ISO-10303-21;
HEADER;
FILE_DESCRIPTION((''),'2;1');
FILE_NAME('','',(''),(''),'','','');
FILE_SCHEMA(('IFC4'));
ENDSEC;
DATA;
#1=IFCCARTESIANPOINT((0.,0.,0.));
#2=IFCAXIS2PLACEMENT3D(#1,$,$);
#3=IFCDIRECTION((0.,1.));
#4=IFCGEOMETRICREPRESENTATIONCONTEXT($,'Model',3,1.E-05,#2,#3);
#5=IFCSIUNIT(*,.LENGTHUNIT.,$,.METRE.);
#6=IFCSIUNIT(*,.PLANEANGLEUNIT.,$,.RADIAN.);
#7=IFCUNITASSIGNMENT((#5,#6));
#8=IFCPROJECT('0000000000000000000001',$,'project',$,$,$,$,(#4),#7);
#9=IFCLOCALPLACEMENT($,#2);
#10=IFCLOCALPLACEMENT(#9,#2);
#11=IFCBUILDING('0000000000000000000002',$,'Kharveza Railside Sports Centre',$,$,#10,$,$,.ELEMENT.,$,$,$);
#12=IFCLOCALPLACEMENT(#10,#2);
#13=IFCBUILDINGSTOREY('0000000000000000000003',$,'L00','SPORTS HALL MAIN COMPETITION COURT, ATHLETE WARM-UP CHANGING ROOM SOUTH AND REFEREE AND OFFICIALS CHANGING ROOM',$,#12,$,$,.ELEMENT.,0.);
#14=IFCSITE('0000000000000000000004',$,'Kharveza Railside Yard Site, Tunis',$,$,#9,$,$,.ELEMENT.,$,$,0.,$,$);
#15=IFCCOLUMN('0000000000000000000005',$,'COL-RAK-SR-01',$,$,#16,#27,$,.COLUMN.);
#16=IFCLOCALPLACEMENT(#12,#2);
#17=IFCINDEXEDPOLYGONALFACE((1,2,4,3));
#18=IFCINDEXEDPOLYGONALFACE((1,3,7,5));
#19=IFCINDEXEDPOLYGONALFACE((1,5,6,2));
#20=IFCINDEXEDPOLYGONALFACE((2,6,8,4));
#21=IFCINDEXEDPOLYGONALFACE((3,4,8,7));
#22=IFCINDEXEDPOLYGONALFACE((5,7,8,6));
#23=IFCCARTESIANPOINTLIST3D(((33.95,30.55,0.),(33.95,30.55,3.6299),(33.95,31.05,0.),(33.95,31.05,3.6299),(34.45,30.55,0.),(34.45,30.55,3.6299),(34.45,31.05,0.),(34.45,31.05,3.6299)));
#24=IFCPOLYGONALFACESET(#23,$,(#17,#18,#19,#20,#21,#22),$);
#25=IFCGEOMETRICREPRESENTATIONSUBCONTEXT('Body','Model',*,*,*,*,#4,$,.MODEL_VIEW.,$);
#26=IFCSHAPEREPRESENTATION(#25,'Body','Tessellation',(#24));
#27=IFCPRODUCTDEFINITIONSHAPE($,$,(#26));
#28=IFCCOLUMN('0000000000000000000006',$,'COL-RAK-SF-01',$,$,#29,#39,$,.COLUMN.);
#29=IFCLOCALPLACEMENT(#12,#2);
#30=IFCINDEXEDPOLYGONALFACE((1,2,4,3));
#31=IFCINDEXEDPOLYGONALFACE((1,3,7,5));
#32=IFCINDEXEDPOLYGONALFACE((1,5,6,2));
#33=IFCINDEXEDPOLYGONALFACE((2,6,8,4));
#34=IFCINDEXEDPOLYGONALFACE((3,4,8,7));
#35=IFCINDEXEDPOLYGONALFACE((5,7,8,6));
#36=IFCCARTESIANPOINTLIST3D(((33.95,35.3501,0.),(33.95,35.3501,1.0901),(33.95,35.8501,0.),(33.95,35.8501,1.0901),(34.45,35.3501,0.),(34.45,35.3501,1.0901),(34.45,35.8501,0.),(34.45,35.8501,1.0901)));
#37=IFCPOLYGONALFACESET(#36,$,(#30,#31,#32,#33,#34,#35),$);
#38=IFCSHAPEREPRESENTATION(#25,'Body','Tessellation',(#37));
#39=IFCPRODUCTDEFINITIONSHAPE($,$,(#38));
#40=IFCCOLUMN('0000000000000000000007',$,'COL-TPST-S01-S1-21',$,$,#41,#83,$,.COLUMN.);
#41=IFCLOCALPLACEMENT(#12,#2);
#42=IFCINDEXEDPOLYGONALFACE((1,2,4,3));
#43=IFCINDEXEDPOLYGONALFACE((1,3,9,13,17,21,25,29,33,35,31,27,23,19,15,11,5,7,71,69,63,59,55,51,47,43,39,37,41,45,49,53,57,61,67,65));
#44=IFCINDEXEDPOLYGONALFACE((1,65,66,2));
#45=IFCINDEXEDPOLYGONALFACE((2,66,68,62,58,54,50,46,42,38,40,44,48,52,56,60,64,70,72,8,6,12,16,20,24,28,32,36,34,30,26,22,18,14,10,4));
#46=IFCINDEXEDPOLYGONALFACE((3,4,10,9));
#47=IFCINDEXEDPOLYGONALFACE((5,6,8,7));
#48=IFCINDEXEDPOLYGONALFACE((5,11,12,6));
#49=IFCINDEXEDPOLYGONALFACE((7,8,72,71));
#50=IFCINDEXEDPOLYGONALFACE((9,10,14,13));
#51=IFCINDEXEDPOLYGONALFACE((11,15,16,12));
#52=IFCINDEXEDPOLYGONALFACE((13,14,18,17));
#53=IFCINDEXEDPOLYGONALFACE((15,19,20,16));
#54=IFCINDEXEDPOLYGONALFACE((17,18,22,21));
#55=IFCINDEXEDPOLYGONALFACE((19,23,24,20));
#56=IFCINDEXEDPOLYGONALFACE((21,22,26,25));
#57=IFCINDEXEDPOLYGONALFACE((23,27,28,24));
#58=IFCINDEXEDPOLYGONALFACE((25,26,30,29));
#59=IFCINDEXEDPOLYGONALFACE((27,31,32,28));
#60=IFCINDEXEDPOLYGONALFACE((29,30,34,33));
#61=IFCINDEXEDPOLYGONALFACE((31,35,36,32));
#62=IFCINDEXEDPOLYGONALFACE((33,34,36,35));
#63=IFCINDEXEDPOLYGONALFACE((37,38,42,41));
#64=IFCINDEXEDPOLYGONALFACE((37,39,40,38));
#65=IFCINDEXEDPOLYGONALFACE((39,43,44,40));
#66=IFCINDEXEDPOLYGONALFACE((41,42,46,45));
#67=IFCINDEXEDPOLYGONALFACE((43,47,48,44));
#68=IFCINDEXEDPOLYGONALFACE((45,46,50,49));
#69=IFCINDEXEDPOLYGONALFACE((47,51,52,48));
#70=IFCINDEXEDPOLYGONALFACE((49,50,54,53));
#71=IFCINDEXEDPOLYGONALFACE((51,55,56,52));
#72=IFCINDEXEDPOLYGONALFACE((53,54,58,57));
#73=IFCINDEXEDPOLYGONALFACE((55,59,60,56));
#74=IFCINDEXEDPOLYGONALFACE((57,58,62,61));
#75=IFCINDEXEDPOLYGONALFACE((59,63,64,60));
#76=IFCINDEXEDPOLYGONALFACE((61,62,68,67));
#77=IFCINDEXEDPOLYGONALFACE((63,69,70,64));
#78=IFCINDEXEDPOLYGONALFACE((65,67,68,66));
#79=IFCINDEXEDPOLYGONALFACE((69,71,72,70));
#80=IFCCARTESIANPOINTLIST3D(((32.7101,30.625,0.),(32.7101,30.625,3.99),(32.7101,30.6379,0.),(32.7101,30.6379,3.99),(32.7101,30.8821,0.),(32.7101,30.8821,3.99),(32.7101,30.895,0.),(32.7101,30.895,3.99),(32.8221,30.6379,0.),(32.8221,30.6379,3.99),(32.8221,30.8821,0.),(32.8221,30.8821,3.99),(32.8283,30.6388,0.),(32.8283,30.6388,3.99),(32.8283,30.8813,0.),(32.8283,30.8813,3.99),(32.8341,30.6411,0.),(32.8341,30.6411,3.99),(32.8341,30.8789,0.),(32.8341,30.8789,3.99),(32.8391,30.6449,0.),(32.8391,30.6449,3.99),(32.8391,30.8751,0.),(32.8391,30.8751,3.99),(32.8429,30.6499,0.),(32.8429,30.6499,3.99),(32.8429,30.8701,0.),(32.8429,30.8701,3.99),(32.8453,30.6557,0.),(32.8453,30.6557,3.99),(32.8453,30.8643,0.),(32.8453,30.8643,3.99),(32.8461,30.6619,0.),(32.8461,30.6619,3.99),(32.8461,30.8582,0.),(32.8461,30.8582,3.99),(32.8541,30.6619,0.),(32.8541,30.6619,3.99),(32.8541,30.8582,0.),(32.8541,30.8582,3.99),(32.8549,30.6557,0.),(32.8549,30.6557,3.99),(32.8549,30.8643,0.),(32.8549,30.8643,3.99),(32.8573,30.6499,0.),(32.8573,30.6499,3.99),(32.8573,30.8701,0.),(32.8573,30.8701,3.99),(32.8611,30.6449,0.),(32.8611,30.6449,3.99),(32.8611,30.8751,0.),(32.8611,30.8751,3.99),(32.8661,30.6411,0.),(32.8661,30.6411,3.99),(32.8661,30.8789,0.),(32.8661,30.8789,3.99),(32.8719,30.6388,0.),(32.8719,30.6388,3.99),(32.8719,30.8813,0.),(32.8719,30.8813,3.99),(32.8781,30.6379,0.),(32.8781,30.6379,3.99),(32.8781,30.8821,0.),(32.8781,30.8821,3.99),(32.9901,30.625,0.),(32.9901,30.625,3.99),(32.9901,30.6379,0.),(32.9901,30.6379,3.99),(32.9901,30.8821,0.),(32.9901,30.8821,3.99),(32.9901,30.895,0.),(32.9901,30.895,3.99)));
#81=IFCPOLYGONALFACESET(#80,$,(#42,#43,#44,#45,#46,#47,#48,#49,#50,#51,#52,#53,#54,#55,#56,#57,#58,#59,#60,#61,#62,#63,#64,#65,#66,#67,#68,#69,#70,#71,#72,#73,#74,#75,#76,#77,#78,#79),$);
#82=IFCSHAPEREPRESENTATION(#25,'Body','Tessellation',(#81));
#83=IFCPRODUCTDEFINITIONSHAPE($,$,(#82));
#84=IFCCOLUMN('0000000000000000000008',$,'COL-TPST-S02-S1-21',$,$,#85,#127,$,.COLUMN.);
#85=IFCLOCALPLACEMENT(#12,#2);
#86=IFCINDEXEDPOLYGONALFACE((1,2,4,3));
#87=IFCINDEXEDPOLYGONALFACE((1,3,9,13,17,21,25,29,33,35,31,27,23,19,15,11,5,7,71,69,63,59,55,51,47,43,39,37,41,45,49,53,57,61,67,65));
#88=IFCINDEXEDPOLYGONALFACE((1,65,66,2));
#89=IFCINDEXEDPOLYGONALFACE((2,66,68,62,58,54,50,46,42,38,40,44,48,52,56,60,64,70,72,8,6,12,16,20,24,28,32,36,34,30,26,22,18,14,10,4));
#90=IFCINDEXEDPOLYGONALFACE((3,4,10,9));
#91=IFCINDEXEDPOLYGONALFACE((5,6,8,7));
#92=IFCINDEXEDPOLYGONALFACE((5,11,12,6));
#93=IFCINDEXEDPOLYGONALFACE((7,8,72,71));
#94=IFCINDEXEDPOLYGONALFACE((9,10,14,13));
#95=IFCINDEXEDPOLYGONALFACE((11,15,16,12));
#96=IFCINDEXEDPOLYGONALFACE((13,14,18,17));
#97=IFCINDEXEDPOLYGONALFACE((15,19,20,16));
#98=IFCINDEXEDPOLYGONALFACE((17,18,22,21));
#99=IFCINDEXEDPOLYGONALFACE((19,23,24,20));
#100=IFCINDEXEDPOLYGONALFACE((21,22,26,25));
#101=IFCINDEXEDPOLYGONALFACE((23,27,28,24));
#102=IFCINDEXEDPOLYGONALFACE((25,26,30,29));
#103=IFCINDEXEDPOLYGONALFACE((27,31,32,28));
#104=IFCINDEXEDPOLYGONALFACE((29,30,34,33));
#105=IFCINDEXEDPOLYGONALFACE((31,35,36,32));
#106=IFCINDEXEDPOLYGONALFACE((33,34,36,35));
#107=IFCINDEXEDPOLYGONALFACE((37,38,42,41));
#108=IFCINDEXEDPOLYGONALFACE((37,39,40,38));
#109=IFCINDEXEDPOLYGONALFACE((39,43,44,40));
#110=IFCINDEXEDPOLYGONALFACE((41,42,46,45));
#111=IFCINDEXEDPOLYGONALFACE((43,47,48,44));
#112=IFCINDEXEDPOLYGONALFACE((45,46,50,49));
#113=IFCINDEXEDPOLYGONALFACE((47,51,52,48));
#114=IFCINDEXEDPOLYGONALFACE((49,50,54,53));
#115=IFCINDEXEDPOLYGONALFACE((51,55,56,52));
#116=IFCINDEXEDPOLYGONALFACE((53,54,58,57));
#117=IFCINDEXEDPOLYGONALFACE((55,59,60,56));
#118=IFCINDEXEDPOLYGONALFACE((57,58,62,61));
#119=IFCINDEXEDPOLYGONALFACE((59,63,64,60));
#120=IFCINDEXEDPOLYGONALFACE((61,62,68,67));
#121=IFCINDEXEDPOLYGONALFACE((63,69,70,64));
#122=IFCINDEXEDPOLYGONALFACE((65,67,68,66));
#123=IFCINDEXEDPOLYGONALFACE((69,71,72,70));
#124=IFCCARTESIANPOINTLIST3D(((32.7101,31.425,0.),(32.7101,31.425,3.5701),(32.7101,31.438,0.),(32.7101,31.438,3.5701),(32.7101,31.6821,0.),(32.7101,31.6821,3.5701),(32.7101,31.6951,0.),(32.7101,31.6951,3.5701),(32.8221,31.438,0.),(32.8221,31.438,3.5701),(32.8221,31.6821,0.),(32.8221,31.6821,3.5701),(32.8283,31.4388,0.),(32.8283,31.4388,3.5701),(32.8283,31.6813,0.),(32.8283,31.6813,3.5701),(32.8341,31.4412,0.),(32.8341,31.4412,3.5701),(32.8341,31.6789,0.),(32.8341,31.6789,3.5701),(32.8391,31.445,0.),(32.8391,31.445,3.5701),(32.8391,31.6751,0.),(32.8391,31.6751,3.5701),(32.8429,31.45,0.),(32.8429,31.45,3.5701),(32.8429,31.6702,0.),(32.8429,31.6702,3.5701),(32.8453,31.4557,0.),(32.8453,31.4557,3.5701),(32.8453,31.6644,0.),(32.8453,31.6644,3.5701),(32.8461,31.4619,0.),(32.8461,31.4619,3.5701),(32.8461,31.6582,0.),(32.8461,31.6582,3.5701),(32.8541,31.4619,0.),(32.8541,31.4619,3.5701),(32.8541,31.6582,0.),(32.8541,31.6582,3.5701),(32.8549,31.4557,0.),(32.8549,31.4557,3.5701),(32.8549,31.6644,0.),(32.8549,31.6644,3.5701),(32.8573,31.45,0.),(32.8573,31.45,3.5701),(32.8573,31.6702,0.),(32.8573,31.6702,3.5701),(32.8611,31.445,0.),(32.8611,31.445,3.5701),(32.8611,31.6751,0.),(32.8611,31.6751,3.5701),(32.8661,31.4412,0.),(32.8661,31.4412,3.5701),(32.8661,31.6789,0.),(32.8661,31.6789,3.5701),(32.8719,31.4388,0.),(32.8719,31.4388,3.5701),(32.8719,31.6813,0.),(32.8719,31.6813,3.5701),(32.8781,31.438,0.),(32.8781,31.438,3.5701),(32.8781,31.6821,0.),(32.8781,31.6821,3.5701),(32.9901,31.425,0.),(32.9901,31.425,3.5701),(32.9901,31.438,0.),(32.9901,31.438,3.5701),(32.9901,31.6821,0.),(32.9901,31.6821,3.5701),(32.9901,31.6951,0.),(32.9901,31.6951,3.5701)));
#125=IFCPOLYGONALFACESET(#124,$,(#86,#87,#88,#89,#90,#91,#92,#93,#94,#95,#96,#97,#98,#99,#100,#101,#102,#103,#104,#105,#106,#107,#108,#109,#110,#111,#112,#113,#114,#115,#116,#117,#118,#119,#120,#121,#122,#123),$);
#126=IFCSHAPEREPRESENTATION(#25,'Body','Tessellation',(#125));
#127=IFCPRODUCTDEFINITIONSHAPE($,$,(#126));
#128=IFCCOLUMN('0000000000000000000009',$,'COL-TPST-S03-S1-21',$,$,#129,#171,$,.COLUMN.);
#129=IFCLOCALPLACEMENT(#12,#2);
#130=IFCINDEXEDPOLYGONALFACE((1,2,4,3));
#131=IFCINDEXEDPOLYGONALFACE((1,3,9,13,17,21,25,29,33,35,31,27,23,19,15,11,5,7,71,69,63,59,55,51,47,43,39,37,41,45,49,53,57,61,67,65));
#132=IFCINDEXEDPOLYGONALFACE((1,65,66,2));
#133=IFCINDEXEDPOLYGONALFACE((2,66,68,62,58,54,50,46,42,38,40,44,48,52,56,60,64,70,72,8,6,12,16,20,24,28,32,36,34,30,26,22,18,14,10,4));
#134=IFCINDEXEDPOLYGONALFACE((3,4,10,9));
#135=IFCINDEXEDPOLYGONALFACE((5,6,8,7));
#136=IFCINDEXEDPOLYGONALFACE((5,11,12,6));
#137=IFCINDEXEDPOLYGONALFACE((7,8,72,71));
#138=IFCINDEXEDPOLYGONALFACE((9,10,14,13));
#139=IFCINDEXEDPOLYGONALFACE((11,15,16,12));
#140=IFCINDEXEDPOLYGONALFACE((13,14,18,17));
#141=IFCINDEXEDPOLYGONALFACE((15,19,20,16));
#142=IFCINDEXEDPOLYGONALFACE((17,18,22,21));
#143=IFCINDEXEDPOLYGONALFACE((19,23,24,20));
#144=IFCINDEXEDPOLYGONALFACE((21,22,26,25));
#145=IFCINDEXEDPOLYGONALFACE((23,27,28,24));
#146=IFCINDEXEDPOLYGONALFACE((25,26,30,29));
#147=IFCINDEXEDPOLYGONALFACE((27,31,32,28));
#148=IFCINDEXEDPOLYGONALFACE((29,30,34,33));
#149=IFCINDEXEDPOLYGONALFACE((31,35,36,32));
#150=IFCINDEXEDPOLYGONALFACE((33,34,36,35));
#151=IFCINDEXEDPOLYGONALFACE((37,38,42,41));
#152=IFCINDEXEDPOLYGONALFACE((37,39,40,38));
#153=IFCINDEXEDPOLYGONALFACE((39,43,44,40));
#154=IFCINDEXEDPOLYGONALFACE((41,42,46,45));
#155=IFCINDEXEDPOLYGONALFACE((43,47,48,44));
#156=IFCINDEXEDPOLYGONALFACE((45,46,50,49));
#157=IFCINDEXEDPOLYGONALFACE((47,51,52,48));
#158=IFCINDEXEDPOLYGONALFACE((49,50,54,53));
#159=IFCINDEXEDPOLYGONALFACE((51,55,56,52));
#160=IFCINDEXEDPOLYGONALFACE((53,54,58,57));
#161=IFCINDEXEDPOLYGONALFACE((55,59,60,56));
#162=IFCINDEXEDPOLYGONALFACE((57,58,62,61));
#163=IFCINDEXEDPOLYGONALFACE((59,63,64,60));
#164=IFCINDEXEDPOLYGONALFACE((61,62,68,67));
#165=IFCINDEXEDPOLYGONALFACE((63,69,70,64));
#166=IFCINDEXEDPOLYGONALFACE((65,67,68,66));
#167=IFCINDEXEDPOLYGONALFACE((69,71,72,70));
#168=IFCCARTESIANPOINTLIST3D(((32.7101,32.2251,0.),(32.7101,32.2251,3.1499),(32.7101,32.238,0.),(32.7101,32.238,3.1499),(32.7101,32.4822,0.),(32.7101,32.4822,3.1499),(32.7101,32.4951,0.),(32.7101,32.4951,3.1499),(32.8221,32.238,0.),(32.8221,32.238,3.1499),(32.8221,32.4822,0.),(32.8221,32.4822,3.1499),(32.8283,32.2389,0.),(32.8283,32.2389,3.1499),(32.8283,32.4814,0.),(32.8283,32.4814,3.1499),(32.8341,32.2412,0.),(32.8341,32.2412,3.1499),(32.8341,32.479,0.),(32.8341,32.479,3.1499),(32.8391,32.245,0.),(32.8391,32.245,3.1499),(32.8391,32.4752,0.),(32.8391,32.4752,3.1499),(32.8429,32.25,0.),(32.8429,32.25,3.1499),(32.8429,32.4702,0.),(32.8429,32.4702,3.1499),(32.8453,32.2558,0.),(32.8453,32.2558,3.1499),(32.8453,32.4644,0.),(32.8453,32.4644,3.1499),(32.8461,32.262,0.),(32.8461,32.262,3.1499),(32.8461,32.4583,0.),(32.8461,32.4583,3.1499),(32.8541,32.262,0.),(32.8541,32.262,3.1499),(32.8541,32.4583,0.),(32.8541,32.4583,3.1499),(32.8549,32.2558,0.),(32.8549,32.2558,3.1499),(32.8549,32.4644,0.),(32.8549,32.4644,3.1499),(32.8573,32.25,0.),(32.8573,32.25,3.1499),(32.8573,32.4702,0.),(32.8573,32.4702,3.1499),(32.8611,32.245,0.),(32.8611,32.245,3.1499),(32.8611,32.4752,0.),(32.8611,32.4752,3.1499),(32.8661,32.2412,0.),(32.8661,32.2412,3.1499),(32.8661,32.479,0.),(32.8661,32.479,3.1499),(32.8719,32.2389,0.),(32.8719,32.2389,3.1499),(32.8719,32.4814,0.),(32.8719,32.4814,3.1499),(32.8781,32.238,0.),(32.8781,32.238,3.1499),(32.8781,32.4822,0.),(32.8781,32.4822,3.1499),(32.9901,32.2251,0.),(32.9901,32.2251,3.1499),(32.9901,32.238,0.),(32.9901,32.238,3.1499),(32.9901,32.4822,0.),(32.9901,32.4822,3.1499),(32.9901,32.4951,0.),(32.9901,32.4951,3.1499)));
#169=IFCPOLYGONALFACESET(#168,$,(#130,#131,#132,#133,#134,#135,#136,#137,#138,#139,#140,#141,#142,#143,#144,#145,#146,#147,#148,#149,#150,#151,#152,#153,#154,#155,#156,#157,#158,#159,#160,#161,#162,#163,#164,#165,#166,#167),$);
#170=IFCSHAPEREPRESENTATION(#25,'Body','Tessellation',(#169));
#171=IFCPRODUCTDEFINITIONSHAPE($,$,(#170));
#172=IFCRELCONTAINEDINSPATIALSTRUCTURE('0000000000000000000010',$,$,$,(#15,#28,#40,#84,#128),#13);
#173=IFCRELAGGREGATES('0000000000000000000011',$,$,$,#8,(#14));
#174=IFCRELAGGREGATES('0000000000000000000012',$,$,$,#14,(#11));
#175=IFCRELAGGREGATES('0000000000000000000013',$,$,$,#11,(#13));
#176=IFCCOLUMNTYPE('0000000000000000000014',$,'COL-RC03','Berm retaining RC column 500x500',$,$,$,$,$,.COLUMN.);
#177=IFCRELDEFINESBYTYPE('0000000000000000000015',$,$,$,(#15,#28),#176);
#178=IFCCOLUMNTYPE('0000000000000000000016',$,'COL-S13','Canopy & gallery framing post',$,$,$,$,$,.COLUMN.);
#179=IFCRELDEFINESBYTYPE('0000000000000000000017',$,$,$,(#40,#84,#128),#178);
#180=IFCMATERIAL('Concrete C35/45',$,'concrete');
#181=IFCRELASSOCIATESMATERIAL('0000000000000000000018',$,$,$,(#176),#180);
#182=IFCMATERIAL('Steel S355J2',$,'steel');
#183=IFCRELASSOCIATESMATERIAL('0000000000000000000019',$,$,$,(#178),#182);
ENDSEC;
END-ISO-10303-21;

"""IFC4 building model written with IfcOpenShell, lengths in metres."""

from ifc_helpers import new_model, si_unit, direction, frame, origin, origin_2d, place, context, subcontext, project, spatial, rectangle, i_section, extrude, material, material_profile, profile_set, type_object, element, save


model = new_model("IFC4")

# Units and contexts
model_context = context("Model", 3, precision=1e-05, world=origin(), true_north=direction((0.0, 1.0)))
body_context = subcontext(model_context, "Body", "Model", "MODEL_VIEW")
ifc_project = project(units=[si_unit("LENGTHUNIT", "METRE"), si_unit("PLANEANGLEUNIT", "RADIAN")], contexts=[model_context])

# Site, building, storey
site_placement = place(None, origin())
site = spatial("IfcSite", under=ifc_project, at=site_placement, Name="Kharveza Railside Yard Site, Tunis", CompositionType="ELEMENT", RefElevation=0.0)
building_placement = place(site_placement, origin())
building = spatial("IfcBuilding", under=site, at=building_placement, Name="Kharveza Railside Sports Centre", CompositionType="ELEMENT")
storey_placement = place(building_placement, origin())
storey = spatial("IfcBuildingStorey", under=building, at=storey_placement, Name="L00", Description="SPORTS HALL MAIN COMPETITION COURT, ATHLETE WARM-UP CHANGING ROOM SOUTH AND REFEREE AND OFFICIALS CHANGING ROOM", CompositionType="ELEMENT", Elevation=0.0)

# Columns
ifc_material_1 = material(Name="Concrete C35/45", Category="concrete")
ifc_material_profile_1 = material_profile(ifc_material_1, rectangle(XDim=0.5, YDim=0.5, at=origin_2d()), Name="RC 500x500")
ifc_profile_set_1 = profile_set([ifc_material_profile_1], Name="Concrete C35/45")
column_type_1 = type_object("IfcColumnType", Name="COL-RC03", Description="Berm retaining RC column 500x500", PredefinedType="COLUMN", material=ifc_profile_set_1)
column_1_placement = place(storey_placement, frame((34.2, 30.8, 0.0), z_axis=(0.0, 0.0, 1.0), x_axis=(1.0, 0.0, 0.0)))
element("IfcColumn", 1, at=column_1_placement, inside=storey, type_object=column_type_1, Name="COL-RAK-SR-01", PredefinedType="COLUMN", context=body_context, shape_type="SweptSolid", body=[
    extrude(rectangle(XDim=0.5, YDim=0.5, at=origin_2d()), origin(), (0.0, 0.0, 1.0), 3.6299),
])
column_2_placement = place(storey_placement, frame((34.2, 35.6001, 0.0), z_axis=(0.0, 0.0, 1.0), x_axis=(1.0, 0.0, 0.0)))
element("IfcColumn", 2, at=column_2_placement, inside=storey, type_object=column_type_1, Name="COL-RAK-SF-01", PredefinedType="COLUMN", context=body_context, shape_type="SweptSolid", body=[
    extrude(rectangle(XDim=0.5, YDim=0.5, at=origin_2d()), origin(), (0.0, 0.0, 1.0), 1.0901),
])
ifc_material_2 = material(Name="Steel S355J2", Category="steel")
ifc_material_profile_2 = material_profile(ifc_material_2, i_section(OverallWidth=0.28, OverallDepth=0.27, WebThickness=0.0081, FlangeThickness=0.0129, FilletRadius=0.0239, at=origin_2d()), Name="HEA 280")
ifc_profile_set_2 = profile_set([ifc_material_profile_2], Name="Steel S355J2")
column_type_2 = type_object("IfcColumnType", Name="COL-S13", Description="Canopy & gallery framing post", PredefinedType="COLUMN", material=ifc_profile_set_2)
column_3_placement = place(storey_placement, frame((32.8501, 30.76, 0.0), z_axis=(0.0, 0.0, 1.0), x_axis=(1.0, 0.0, 0.0)))
element("IfcColumn", 3, at=column_3_placement, inside=storey, type_object=column_type_2, Name="COL-TPST-S01-S1-21", PredefinedType="COLUMN", context=body_context, shape_type="SweptSolid", body=[
    extrude(i_section(OverallWidth=0.28, OverallDepth=0.27, WebThickness=0.0081, FlangeThickness=0.0129, FilletRadius=0.0239, at=origin_2d()), origin(), (0.0, 0.0, 1.0), 3.99),
])
column_4_placement = place(storey_placement, frame((32.8501, 31.5601, 0.0), z_axis=(0.0, 0.0, 1.0), x_axis=(1.0, 0.0, 0.0)))
element("IfcColumn", 4, at=column_4_placement, inside=storey, type_object=column_type_2, Name="COL-TPST-S02-S1-21", PredefinedType="COLUMN", context=body_context, shape_type="SweptSolid", body=[
    extrude(i_section(OverallWidth=0.28, OverallDepth=0.27, WebThickness=0.0081, FlangeThickness=0.0129, FilletRadius=0.0239, at=origin_2d()), origin(), (0.0, 0.0, 1.0), 3.5701),
])
column_5_placement = place(storey_placement, frame((32.8501, 32.3601, 0.0), z_axis=(0.0, 0.0, 1.0), x_axis=(1.0, 0.0, 0.0)))
element("IfcColumn", 5, at=column_5_placement, inside=storey, type_object=column_type_2, Name="COL-TPST-S03-S1-21", PredefinedType="COLUMN", context=body_context, shape_type="SweptSolid", body=[
    extrude(i_section(OverallWidth=0.28, OverallDepth=0.27, WebThickness=0.0081, FlangeThickness=0.0129, FilletRadius=0.0239, at=origin_2d()), origin(), (0.0, 0.0, 1.0), 3.1499),
])

save(model, "model.ifc")
